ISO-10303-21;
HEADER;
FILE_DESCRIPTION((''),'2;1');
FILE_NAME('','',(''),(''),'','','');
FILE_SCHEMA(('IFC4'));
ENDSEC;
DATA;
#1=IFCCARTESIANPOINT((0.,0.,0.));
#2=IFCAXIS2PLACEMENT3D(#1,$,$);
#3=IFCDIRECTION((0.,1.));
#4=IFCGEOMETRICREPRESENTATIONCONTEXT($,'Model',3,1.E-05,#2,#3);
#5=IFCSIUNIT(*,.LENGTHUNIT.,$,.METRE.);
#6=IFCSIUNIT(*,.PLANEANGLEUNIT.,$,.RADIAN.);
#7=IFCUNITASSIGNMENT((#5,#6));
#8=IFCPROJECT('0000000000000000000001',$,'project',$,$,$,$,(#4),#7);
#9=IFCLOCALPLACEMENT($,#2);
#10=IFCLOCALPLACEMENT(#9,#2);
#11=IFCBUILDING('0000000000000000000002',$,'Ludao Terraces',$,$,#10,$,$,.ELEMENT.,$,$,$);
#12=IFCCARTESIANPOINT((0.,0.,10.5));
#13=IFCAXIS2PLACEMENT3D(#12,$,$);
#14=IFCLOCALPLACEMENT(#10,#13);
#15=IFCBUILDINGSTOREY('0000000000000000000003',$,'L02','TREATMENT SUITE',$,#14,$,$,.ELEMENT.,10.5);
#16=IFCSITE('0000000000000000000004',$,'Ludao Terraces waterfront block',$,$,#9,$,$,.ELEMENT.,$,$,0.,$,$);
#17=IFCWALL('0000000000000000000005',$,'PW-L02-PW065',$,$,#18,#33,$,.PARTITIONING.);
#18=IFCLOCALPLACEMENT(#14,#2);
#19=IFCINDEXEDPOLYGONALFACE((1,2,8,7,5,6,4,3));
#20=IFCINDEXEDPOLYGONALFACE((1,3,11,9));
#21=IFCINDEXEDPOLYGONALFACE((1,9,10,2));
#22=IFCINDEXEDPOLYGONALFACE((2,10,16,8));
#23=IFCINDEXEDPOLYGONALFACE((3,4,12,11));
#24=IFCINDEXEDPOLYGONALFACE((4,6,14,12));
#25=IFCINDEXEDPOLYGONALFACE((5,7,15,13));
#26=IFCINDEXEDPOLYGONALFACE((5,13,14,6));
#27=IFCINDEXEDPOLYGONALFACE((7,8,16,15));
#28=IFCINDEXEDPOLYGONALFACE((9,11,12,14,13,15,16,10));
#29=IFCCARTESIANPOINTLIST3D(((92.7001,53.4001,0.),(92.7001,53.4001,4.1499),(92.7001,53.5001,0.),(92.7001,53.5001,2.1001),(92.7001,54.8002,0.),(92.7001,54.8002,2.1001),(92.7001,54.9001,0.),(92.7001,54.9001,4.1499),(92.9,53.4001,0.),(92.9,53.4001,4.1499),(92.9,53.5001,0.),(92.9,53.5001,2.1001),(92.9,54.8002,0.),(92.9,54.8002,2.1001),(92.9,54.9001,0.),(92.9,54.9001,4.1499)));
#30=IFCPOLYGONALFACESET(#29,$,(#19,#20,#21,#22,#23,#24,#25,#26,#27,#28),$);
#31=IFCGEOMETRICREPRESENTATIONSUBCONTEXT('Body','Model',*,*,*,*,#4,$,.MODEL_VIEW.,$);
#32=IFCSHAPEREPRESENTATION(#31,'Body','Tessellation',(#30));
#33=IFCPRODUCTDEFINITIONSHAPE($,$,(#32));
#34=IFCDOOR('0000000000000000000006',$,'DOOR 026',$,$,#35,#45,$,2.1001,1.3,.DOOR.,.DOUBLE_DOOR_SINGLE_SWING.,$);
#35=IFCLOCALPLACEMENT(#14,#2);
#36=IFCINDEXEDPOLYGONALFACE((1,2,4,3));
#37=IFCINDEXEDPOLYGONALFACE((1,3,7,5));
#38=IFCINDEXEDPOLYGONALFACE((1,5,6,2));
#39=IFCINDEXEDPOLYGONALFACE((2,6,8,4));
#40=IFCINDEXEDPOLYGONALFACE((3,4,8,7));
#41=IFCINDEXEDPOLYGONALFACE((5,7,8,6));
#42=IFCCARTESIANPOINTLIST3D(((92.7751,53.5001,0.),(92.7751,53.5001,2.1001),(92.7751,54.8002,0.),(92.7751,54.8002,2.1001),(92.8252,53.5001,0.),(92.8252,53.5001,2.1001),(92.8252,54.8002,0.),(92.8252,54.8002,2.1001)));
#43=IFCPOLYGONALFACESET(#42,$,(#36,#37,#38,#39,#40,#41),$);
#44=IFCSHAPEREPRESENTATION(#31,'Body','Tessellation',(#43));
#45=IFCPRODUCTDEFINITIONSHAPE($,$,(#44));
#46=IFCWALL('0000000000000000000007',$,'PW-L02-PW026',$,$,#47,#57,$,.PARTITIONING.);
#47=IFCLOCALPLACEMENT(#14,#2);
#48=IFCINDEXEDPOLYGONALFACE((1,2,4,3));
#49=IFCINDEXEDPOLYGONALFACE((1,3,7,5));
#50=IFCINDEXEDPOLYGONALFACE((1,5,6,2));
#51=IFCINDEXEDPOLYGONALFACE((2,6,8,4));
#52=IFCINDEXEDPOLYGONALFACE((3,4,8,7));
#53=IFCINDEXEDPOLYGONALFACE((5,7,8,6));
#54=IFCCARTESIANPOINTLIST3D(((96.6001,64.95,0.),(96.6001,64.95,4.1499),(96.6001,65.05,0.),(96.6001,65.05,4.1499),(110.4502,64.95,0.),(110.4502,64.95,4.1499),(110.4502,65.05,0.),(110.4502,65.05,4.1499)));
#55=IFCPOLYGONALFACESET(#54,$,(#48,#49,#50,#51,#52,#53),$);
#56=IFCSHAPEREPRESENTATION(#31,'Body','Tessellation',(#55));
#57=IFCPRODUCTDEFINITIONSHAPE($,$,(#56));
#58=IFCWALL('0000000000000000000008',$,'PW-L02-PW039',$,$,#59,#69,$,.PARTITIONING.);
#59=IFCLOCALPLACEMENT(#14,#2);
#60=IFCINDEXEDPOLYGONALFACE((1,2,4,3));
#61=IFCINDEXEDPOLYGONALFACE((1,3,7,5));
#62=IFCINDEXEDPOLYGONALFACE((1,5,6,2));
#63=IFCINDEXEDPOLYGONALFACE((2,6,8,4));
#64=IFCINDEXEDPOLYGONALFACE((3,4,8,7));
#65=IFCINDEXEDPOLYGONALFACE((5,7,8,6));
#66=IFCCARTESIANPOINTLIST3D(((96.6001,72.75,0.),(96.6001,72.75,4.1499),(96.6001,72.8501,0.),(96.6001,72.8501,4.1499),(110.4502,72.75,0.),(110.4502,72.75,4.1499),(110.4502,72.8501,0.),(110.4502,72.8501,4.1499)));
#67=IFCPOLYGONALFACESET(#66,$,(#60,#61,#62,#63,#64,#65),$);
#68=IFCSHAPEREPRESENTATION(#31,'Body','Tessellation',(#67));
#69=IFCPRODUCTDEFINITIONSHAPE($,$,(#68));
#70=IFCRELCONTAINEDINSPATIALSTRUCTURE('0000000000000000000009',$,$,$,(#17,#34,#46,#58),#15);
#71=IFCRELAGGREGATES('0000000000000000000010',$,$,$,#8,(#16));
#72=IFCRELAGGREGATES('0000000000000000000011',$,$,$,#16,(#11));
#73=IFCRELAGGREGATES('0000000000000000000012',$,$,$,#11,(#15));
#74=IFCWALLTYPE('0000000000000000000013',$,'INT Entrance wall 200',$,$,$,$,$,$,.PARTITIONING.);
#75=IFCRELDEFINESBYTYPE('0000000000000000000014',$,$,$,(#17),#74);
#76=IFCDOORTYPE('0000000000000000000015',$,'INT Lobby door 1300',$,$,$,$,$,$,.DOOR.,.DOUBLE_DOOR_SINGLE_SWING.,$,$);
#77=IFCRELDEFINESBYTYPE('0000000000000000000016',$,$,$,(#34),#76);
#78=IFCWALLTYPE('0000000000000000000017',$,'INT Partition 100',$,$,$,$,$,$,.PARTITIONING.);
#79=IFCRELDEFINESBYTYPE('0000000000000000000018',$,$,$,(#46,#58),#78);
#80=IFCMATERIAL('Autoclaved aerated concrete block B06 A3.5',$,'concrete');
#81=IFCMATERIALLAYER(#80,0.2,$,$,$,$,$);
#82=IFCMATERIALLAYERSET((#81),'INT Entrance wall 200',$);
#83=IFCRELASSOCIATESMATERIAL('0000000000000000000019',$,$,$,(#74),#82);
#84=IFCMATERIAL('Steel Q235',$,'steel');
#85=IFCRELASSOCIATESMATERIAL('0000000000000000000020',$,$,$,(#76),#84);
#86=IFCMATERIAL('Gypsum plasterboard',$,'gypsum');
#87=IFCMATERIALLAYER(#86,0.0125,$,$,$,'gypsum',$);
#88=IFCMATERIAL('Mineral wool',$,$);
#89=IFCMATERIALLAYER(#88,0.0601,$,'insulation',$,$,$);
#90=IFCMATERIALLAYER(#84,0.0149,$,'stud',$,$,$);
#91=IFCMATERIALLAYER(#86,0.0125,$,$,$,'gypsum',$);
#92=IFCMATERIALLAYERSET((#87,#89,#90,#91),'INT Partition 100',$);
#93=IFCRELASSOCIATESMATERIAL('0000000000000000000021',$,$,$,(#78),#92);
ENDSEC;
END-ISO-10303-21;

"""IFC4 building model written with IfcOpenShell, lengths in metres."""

from ifc_helpers import new_model, si_unit, direction, frame, frame_2d, origin, place, context, subcontext, project, spatial, rectangle, extrude, material, layer, layer_set, type_object, element, fill, save


model = new_model("IFC4")

# Units and contexts
model_context = context("Model", 3, precision=1e-05, world=origin(), true_north=direction((0.0, 1.0)))
body_context = subcontext(model_context, "Body", "Model", "MODEL_VIEW")
ifc_project = project(units=[si_unit("LENGTHUNIT", "METRE"), si_unit("PLANEANGLEUNIT", "RADIAN")], contexts=[model_context])

# Site, building, storey
site_placement = place(None, origin())
site = spatial("IfcSite", under=ifc_project, at=site_placement, Name="Ludao Terraces waterfront block", CompositionType="ELEMENT", RefElevation=0.0)
building_placement = place(site_placement, origin())
building = spatial("IfcBuilding", under=site, at=building_placement, Name="Ludao Terraces", CompositionType="ELEMENT")
storey_placement = place(building_placement, frame((0.0, 0.0, 10.5)))
storey = spatial("IfcBuildingStorey", under=building, at=storey_placement, Name="L02", Description="TREATMENT SUITE", CompositionType="ELEMENT", Elevation=10.5)

# Shared definitions
ifc_material_1 = material(Name="Steel Q235", Category="steel")

# Shared definitions
ifc_material_2 = material(Name="Autoclaved aerated concrete block B06 A3.5", Category="concrete")
ifc_layer_1 = layer(ifc_material_2, 0.2)
ifc_layer_set_1 = layer_set([ifc_layer_1], Name="INT Entrance wall 200")
wall_type_1 = type_object("IfcWallType", Name="INT Entrance wall 200", PredefinedType="PARTITIONING", material=ifc_layer_set_1)

# Wall, opening, door
wall_1_placement = place(storey_placement, frame((92.8, 53.4001, 0.0), z_axis=(0.0, 0.0, 1.0), x_axis=(0.0, 1.0, 0.0)))
wall_1 = element("IfcWall", 1, at=wall_1_placement, inside=storey, type_object=wall_type_1, Name="PW-L02-PW065", PredefinedType="PARTITIONING", context=body_context, shape_type="SweptSolid", body=[
    extrude(rectangle(XDim=1.5, YDim=0.2, at=frame_2d((0.75, 0.0))), origin(), (0.0, 0.0, 1.0), 4.1499),
])
opening_1_placement = place(wall_1_placement, frame((0.1001, 0.0, 0.0)))
opening_1 = element("IfcOpeningElement", 2, at=opening_1_placement, cuts=wall_1, PredefinedType="OPENING", context=body_context, shape_type="SweptSolid", body=[
    extrude(rectangle(XDim=1.3, YDim=2.1001, at=frame_2d((0.6499, 1.05))), frame((0.0, 0.1099, 0.0), z_axis=(0.0, -1.0, 0.0), x_axis=(1.0, 0.0, 0.0)), (0.0, 0.0, 1.0), 0.22),
])
door_type_1 = type_object("IfcDoorType", Name="INT Lobby door 1300", OperationType="DOUBLE_DOOR_SINGLE_SWING", PredefinedType="DOOR", material=ifc_material_1)
door_1_placement = place(opening_1_placement, origin())
door_1 = element("IfcDoor", 3, at=door_1_placement, inside=storey, type_object=door_type_1, Name="DOOR 026", OperationType="DOUBLE_DOOR_SINGLE_SWING", OverallHeight=2.1001, OverallWidth=1.3, PredefinedType="DOOR", context=body_context, shape_type="SweptSolid", body=[
    extrude(rectangle(XDim=1.3, YDim=2.1001, at=frame_2d((0.6499, 1.05))), frame((0.0, 0.0249, 0.0), z_axis=(0.0, -1.0, 0.0), x_axis=(1.0, 0.0, 0.0)), (0.0, 0.0, 1.0), 0.05),
])
fill(opening_1, door_1)

# Walls
ifc_material_3 = material(Name="Gypsum plasterboard", Category="gypsum")
ifc_layer_2 = layer(ifc_material_3, 0.0125, Category="gypsum")
ifc_material_4 = material(Name="Mineral wool")
ifc_layer_3 = layer(ifc_material_4, 0.0601, Name="insulation")
ifc_layer_4 = layer(ifc_material_1, 0.0149, Name="stud")
ifc_layer_5 = layer(ifc_material_3, 0.0125, Category="gypsum")
ifc_layer_set_2 = layer_set([ifc_layer_2, ifc_layer_3, ifc_layer_4, ifc_layer_5], Name="INT Partition 100")
wall_type_2 = type_object("IfcWallType", Name="INT Partition 100", PredefinedType="PARTITIONING", material=ifc_layer_set_2)
for number, where, z_axis, x_axis, name in (
    (4, (96.6001, 65.0, 0.0), (0.0, 0.0, 1.0), (1.0, 0.0, 0.0), "PW-L02-PW026"),
    (5, (96.6001, 72.8, 0.0), (0.0, 0.0, 1.0), (1.0, 0.0, 0.0), "PW-L02-PW039"),
):
    element("IfcWall", number, at=place(storey_placement, frame(where, z_axis=z_axis, x_axis=x_axis)), inside=storey, type_object=wall_type_2, Name=name, PredefinedType="PARTITIONING", context=body_context, shape_type="SweptSolid", body=[
        extrude(rectangle(XDim=13.8501, YDim=0.1001, at=frame_2d((6.925, 0.0))), origin(), (0.0, 0.0, 1.0), 4.1499),
    ])

save(model, "model.ifc")
